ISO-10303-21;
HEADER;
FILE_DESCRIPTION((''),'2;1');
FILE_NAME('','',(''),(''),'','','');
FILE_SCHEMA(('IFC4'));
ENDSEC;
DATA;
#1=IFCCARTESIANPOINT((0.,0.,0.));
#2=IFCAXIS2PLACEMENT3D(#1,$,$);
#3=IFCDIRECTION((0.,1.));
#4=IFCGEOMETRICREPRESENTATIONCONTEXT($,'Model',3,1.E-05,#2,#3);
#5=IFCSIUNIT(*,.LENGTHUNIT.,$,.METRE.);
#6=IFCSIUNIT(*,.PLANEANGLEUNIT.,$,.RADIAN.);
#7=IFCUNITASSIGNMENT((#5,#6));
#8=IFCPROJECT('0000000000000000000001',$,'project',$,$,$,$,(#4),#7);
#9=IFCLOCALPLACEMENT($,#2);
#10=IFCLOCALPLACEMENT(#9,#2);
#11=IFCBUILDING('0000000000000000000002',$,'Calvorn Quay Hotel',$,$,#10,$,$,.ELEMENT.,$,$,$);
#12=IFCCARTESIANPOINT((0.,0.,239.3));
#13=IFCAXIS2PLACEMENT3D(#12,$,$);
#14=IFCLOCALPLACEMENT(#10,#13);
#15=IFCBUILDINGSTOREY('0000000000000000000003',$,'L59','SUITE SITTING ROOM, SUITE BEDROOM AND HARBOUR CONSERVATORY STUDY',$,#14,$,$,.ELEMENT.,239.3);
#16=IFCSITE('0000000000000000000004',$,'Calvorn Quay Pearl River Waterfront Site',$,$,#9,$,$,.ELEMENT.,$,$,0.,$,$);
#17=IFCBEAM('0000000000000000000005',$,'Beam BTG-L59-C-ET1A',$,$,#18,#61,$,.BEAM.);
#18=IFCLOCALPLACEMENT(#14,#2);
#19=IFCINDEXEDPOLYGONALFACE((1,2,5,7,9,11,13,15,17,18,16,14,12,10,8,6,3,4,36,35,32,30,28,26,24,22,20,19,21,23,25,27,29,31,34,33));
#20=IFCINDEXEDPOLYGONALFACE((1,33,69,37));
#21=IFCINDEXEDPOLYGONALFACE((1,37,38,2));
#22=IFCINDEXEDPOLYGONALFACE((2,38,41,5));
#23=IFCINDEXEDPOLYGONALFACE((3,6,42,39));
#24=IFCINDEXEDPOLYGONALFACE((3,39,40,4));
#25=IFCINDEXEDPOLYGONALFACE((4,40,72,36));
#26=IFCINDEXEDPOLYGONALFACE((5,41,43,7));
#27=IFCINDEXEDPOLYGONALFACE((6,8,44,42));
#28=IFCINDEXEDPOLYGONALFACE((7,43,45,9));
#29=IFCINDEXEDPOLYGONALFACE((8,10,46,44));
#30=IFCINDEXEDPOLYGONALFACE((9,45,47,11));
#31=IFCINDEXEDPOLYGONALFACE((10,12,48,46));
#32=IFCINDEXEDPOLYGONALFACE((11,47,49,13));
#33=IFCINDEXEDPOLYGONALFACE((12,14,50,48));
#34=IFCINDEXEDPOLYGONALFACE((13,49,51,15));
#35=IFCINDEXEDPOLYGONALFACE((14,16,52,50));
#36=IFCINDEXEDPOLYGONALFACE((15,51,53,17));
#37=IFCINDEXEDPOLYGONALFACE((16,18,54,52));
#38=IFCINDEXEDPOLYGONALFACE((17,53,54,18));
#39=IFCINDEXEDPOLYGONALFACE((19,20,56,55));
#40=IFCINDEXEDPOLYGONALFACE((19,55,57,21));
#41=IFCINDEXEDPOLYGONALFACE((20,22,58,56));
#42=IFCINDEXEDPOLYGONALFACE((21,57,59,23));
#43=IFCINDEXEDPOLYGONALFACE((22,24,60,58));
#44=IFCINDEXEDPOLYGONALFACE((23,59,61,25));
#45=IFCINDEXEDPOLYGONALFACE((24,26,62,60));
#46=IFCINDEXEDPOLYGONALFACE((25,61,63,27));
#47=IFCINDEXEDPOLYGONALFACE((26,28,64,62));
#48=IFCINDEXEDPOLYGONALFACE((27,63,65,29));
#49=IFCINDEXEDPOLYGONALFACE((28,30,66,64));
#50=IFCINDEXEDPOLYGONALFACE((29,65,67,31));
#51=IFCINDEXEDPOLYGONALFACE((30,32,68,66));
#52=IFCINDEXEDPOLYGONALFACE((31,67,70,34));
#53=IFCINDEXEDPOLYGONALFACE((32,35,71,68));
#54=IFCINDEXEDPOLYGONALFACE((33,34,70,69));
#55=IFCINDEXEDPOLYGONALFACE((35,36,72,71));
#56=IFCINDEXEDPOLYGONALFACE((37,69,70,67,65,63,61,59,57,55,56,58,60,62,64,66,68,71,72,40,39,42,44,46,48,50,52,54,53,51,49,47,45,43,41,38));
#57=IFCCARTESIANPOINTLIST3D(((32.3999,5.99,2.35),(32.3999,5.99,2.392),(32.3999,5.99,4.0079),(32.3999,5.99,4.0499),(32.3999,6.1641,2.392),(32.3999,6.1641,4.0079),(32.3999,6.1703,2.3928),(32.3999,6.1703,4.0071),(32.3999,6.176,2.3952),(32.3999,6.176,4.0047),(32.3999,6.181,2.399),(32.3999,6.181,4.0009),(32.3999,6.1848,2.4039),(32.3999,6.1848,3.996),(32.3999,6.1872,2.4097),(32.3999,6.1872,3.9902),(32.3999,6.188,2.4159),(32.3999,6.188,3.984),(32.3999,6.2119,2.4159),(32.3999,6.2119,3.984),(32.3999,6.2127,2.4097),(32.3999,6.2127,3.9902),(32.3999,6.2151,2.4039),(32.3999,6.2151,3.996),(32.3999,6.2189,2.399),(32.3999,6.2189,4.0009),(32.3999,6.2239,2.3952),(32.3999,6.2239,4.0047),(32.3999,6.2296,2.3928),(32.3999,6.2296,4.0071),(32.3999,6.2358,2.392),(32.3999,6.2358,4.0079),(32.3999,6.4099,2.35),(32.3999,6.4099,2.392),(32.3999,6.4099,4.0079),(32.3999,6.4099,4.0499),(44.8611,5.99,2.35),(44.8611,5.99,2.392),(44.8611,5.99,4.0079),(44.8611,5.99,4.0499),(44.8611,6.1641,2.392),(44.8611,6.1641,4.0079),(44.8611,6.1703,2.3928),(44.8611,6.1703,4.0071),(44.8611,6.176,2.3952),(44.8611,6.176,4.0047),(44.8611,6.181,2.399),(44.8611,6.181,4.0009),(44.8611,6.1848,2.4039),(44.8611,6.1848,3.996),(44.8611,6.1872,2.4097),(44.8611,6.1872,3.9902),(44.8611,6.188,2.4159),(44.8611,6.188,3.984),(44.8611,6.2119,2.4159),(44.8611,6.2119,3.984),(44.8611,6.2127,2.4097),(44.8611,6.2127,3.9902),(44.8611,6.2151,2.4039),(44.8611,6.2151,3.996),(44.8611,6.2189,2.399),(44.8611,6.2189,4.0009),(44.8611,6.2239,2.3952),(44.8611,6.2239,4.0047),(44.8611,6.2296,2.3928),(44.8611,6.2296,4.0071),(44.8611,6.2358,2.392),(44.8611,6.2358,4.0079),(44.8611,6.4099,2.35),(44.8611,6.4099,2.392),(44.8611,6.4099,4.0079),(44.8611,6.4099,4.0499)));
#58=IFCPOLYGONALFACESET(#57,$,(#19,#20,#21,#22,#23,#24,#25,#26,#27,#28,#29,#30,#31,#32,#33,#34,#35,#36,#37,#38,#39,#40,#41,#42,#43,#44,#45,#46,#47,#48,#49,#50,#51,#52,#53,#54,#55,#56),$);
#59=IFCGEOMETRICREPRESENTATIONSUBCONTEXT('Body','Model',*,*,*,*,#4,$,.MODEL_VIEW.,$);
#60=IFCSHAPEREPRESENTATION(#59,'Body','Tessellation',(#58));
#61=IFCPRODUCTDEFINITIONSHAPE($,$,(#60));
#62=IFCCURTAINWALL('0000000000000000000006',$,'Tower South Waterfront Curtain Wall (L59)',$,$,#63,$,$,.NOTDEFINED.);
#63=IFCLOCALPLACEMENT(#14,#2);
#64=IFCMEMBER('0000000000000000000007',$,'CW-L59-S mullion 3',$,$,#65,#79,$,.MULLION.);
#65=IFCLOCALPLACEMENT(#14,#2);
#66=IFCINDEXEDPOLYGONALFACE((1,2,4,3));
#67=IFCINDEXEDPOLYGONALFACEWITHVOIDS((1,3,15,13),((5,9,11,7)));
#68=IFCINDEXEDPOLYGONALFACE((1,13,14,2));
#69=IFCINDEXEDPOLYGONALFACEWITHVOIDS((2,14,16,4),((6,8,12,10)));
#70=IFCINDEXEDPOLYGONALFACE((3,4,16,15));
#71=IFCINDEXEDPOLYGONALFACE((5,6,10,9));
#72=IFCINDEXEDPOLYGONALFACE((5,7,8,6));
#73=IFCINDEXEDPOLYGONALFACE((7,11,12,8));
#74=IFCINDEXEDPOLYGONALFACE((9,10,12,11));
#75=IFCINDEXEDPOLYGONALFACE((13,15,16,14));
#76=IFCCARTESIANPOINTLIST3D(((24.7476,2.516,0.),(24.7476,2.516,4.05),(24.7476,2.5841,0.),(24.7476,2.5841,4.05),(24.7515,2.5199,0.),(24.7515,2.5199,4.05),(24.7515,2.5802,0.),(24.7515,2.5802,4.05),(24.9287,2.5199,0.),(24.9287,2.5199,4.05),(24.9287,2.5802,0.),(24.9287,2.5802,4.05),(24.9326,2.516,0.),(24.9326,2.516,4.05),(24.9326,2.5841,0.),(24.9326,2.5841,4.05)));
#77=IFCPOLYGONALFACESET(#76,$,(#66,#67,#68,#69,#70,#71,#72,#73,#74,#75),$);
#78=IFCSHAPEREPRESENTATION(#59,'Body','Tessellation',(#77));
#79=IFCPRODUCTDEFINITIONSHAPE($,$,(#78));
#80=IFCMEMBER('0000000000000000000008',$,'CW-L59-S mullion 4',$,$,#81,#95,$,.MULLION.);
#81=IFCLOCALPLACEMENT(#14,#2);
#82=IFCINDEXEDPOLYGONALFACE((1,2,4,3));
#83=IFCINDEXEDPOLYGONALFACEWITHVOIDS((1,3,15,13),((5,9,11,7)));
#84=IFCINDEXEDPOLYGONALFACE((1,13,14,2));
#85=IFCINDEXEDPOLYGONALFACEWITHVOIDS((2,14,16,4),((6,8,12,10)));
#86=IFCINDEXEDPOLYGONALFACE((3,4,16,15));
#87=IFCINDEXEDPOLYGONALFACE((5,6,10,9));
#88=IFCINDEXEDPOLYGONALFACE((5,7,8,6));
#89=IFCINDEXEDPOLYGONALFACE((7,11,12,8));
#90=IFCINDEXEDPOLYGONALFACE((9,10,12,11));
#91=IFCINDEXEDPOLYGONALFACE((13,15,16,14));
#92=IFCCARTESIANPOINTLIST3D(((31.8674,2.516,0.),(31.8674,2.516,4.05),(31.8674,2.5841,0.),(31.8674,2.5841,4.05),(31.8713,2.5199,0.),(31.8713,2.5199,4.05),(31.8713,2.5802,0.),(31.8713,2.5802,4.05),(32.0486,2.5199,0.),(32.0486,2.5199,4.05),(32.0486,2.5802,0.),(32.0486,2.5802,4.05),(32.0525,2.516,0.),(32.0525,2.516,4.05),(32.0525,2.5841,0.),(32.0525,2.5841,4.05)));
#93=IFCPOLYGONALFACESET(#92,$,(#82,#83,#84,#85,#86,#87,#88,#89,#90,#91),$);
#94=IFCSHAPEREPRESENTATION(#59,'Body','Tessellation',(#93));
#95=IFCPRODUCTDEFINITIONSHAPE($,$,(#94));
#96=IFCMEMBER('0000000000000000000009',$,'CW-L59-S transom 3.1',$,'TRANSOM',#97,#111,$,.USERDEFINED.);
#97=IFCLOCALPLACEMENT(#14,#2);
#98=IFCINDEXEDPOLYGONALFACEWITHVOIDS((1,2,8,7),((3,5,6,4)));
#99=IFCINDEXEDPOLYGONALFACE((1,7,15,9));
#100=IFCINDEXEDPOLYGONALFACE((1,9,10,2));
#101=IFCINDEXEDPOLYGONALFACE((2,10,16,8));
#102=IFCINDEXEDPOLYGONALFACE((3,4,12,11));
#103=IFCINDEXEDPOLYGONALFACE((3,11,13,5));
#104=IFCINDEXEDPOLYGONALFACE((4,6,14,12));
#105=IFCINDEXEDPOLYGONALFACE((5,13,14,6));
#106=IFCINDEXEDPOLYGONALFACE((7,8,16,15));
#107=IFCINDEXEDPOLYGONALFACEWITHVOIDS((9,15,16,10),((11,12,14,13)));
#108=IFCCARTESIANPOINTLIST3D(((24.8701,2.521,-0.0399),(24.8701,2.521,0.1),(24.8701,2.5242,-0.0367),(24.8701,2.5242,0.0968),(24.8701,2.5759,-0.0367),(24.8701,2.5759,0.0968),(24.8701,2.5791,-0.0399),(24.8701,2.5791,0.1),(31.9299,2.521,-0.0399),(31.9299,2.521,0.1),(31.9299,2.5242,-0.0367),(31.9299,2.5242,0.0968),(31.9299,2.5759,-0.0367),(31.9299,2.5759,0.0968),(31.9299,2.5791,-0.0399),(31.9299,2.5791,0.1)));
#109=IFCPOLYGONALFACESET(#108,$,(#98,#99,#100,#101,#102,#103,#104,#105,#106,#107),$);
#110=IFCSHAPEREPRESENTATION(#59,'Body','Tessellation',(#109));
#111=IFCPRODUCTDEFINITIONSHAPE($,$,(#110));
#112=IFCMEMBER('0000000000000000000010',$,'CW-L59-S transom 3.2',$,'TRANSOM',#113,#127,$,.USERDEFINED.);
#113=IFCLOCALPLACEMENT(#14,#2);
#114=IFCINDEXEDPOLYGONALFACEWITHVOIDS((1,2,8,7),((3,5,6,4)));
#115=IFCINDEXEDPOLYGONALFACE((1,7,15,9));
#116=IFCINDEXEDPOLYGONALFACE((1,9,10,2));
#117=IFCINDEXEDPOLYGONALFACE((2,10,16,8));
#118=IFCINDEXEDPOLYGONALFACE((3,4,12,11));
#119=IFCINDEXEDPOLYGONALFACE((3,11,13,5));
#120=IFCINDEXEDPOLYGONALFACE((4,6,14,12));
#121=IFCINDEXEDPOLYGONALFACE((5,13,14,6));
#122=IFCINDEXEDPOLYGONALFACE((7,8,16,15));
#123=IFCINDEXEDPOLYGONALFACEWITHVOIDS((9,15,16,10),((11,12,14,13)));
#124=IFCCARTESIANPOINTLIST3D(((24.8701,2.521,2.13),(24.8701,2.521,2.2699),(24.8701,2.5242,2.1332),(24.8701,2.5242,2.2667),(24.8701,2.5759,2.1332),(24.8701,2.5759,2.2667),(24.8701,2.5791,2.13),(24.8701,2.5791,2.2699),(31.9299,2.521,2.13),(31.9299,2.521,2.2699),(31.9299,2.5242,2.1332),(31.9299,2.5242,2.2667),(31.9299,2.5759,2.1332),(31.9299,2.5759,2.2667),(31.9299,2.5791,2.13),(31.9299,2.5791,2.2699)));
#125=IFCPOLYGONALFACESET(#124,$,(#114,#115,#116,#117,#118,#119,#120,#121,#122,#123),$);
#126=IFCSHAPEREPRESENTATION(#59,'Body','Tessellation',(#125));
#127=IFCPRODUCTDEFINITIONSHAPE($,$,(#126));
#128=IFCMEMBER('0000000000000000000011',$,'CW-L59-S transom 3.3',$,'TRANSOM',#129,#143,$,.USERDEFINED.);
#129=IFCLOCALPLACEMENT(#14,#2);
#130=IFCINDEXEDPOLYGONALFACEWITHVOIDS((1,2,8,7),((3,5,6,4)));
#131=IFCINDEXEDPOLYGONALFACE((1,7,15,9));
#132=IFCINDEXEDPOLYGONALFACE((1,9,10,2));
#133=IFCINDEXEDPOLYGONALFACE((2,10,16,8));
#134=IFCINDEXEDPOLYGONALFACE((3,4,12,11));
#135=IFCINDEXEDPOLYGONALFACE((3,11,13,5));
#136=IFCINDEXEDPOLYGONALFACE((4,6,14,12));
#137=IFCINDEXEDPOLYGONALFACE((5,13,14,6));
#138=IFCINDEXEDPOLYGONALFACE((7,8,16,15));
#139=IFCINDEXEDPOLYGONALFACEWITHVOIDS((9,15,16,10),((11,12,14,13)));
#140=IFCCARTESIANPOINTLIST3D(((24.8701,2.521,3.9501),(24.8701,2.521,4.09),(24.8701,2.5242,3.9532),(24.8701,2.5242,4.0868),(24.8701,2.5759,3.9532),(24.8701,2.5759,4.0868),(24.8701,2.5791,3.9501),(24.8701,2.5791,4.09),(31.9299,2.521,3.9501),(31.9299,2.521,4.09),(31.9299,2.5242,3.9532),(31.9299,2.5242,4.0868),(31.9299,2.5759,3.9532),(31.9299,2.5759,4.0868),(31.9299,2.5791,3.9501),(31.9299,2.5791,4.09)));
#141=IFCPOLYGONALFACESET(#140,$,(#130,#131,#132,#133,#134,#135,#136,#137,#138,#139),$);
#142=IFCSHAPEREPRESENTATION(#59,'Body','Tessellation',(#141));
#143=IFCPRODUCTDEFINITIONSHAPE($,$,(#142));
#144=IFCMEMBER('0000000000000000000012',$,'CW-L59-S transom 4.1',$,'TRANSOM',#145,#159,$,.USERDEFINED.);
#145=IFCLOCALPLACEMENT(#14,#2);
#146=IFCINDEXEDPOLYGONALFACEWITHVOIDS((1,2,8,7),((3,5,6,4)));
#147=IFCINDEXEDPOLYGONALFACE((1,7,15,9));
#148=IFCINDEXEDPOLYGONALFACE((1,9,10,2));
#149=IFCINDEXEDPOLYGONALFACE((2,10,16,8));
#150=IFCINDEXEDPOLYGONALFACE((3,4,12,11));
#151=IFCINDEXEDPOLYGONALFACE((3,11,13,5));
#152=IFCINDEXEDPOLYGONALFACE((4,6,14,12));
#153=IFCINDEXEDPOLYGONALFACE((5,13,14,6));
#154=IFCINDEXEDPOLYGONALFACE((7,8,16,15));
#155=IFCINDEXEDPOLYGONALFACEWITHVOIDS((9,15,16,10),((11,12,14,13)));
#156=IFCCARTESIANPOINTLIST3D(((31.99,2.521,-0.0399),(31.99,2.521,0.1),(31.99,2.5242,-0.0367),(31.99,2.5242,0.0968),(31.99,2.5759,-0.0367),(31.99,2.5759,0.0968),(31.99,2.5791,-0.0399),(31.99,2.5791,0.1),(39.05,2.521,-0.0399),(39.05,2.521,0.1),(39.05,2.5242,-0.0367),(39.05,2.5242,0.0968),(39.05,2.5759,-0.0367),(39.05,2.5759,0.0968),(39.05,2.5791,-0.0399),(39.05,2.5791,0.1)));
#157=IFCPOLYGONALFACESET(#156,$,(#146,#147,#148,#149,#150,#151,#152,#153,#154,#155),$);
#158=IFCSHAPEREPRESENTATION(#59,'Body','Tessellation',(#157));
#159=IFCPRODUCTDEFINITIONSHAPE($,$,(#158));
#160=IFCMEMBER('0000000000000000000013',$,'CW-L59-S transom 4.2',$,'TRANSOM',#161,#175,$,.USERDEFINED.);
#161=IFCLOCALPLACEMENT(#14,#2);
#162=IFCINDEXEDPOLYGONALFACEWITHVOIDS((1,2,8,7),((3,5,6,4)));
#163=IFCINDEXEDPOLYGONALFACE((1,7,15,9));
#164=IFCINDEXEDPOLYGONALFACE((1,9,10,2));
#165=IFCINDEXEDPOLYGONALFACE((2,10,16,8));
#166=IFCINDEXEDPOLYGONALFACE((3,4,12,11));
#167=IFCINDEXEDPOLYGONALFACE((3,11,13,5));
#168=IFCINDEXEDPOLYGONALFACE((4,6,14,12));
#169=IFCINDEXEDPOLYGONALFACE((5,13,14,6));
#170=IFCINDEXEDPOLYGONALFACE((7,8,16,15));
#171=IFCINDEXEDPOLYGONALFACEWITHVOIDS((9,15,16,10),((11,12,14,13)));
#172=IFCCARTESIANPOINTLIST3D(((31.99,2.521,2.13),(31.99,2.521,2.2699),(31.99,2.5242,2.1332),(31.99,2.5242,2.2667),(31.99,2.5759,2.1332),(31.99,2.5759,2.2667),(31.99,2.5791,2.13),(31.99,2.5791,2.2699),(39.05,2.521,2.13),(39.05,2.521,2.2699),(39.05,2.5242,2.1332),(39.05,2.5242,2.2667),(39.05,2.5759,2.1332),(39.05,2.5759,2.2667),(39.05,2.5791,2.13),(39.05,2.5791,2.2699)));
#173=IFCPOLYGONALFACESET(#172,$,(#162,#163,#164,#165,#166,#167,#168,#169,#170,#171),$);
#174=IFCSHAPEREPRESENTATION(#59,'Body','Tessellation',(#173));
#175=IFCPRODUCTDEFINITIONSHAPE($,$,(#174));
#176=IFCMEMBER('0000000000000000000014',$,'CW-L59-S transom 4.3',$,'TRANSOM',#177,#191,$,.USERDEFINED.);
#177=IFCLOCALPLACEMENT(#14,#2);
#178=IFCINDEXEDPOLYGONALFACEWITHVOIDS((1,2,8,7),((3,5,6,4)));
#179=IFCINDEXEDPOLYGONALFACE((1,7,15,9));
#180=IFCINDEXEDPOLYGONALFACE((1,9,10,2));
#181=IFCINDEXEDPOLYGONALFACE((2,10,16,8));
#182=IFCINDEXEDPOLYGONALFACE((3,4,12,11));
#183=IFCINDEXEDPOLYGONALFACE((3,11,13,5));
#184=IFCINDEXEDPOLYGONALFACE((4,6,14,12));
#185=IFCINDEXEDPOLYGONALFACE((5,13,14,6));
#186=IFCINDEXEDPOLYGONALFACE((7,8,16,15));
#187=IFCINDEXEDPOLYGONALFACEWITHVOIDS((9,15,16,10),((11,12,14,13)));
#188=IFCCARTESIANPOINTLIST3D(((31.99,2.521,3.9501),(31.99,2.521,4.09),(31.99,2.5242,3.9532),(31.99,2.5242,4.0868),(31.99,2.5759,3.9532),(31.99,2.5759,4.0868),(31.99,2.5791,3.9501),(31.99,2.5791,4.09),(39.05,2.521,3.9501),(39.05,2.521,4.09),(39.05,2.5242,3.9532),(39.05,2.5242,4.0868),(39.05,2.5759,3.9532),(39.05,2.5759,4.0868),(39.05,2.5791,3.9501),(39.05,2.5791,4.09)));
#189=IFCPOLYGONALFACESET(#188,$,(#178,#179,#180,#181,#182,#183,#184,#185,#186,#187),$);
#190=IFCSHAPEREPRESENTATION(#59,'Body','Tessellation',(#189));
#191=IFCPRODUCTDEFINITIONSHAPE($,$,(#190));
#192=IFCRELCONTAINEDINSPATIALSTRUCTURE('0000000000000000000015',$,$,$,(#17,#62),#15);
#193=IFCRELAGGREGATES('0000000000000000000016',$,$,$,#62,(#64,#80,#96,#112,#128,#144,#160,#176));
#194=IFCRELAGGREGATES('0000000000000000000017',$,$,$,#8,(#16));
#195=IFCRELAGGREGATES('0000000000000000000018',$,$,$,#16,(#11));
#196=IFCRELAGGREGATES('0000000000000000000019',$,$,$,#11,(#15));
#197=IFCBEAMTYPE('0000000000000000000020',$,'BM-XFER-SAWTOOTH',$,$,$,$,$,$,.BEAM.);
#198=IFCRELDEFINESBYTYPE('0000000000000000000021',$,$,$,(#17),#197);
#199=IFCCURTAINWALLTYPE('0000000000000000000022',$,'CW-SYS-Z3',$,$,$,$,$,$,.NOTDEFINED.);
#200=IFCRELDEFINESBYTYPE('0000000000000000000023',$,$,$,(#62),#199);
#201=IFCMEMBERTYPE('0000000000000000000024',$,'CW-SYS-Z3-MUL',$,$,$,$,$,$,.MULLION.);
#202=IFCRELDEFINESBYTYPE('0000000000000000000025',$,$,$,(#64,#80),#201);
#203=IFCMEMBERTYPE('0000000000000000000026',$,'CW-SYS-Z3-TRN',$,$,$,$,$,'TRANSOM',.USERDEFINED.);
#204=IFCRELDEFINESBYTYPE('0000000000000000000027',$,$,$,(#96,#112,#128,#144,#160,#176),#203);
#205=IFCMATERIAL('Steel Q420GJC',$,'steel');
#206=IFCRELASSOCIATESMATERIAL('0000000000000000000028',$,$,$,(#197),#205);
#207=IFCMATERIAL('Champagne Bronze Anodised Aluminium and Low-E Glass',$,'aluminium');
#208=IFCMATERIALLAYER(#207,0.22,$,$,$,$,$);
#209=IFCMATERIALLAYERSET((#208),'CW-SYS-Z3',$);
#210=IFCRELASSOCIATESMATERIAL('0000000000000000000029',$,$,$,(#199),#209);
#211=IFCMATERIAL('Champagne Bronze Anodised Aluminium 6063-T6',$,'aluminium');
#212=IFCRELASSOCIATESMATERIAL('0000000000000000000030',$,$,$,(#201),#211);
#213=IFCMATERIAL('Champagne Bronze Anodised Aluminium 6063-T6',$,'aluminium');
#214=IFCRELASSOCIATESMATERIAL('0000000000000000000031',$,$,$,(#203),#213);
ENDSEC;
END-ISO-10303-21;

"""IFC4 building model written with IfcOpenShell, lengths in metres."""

from ifc_helpers import new_model, si_unit, direction, frame, origin, origin_2d, place, context, subcontext, project, spatial, hollow_rectangle, i_section, extrude, material, layer, layer_set, material_profile, profile_set, type_object, element, aggregate, save


model = new_model("IFC4")

# Units and contexts
model_context = context("Model", 3, precision=1e-05, world=origin(), true_north=direction((0.0, 1.0)))
body_context = subcontext(model_context, "Body", "Model", "MODEL_VIEW")
ifc_project = project(units=[si_unit("LENGTHUNIT", "METRE"), si_unit("PLANEANGLEUNIT", "RADIAN")], contexts=[model_context])

# Site, building, storey
site_placement = place(None, origin())
site = spatial("IfcSite", under=ifc_project, at=site_placement, Name="Calvorn Quay Pearl River Waterfront Site", CompositionType="ELEMENT", RefElevation=0.0)
building_placement = place(site_placement, origin())
building = spatial("IfcBuilding", under=site, at=building_placement, Name="Calvorn Quay Hotel", CompositionType="ELEMENT")
storey_placement = place(building_placement, frame((0.0, 0.0, 239.3)))
storey = spatial("IfcBuildingStorey", under=building, at=storey_placement, Name="L59", Description="SUITE SITTING ROOM, SUITE BEDROOM AND HARBOUR CONSERVATORY STUDY", CompositionType="ELEMENT", Elevation=239.3)

# Beam
ifc_material_1 = material(Name="Steel Q420GJC", Category="steel")
ifc_material_profile_1 = material_profile(ifc_material_1, i_section(OverallWidth=0.4199, OverallDepth=1.7, WebThickness=0.0239, FlangeThickness=0.042, FilletRadius=0.0239, at=origin_2d()), Name="HN1700x420x24x42")
ifc_profile_set_1 = profile_set([ifc_material_profile_1], Name="Steel Q420GJC")
beam_type = type_object("IfcBeamType", Name="BM-XFER-SAWTOOTH", PredefinedType="BEAM", material=ifc_profile_set_1)
beam_placement = place(storey_placement, frame((32.3999, 6.2, 3.2), z_axis=(1.0, 0.0, 0.0), x_axis=(0.0, 1.0, 0.0)))
element("IfcBeam", 1, at=beam_placement, inside=storey, type_object=beam_type, Name="Beam BTG-L59-C-ET1A", PredefinedType="BEAM", context=body_context, shape_type="SweptSolid", body=[
    extrude(i_section(OverallWidth=0.4199, OverallDepth=1.7, WebThickness=0.0239, FlangeThickness=0.042, FilletRadius=0.0239, at=origin_2d()), origin(), (0.0, 0.0, 1.0), 12.4612),
])

# Curtain wall, members
ifc_material_2 = material(Name="Champagne Bronze Anodised Aluminium and Low-E Glass", Category="aluminium")
ifc_layer_1 = layer(ifc_material_2, 0.22)
ifc_layer_set_1 = layer_set([ifc_layer_1], Name="CW-SYS-Z3")
curtain_wall_type = type_object("IfcCurtainWallType", Name="CW-SYS-Z3", PredefinedType="NOTDEFINED", material=ifc_layer_set_1)
curtain_wall_placement = place(storey_placement, origin())
curtain_wall = element("IfcCurtainWall", 2, at=curtain_wall_placement, inside=storey, type_object=curtain_wall_type, Name="Tower South Waterfront Curtain Wall (L59)", PredefinedType="NOTDEFINED")
ifc_material_3 = material(Name="Champagne Bronze Anodised Aluminium 6063-T6", Category="aluminium")
ifc_material_profile_2 = material_profile(ifc_material_3, hollow_rectangle(XDim=0.0681, YDim=0.1851, WallThickness=0.0039, at=origin_2d()), Name="ALU-M185x68x4")
ifc_profile_set_2 = profile_set([ifc_material_profile_2], Name="Champagne Bronze Anodised Aluminium 6063-T6")
member_type_1 = type_object("IfcMemberType", Name="CW-SYS-Z3-MUL", PredefinedType="MULLION", material=ifc_profile_set_2)
member_1_placement = place(storey_placement, frame((24.8401, 2.55, 0.0), z_axis=(0.0, 0.0, 1.0), x_axis=(0.0, 1.0, 0.0)))
member_1 = element("IfcMember", 3, at=member_1_placement, type_object=member_type_1, Name="CW-L59-S mullion 3", PredefinedType="MULLION", context=body_context, shape_type="SweptSolid", body=[
    extrude(hollow_rectangle(XDim=0.0681, YDim=0.1851, WallThickness=0.0039, at=origin_2d()), origin(), (0.0, 0.0, 1.0), 4.05),
])
member_2_placement = place(storey_placement, frame((31.96, 2.55, 0.0), z_axis=(0.0, 0.0, 1.0), x_axis=(0.0, 1.0, 0.0)))
member_2 = element("IfcMember", 4, at=member_2_placement, type_object=member_type_1, Name="CW-L59-S mullion 4", PredefinedType="MULLION", context=body_context, shape_type="SweptSolid", body=[
    extrude(hollow_rectangle(XDim=0.0681, YDim=0.1851, WallThickness=0.0039, at=origin_2d()), origin(), (0.0, 0.0, 1.0), 4.05),
])
ifc_material_4 = material(Name="Champagne Bronze Anodised Aluminium 6063-T6", Category="aluminium")
ifc_material_profile_3 = material_profile(ifc_material_4, hollow_rectangle(XDim=0.0581, YDim=0.1399, WallThickness=0.0032, at=origin_2d()), Name="ALU-T140x58x3.2")
ifc_profile_set_3 = profile_set([ifc_material_profile_3], Name="Champagne Bronze Anodised Aluminium 6063-T6")
member_type_2 = type_object("IfcMemberType", Name="CW-SYS-Z3-TRN", ElementType="TRANSOM", PredefinedType="USERDEFINED", material=ifc_profile_set_3)
member_3_placement = place(storey_placement, frame((24.8701, 2.55, 0.03), z_axis=(1.0, 0.0, 0.0), x_axis=(0.0, 1.0, 0.0)))
member_3 = element("IfcMember", 5, at=member_3_placement, type_object=member_type_2, Name="CW-L59-S transom 3.1", ObjectType="TRANSOM", PredefinedType="USERDEFINED", context=body_context, shape_type="SweptSolid", body=[
    extrude(hollow_rectangle(XDim=0.0581, YDim=0.1399, WallThickness=0.0032, at=origin_2d()), origin(), (0.0, 0.0, 1.0), 7.0598),
])
member_4_placement = place(storey_placement, frame((24.8701, 2.55, 2.2), z_axis=(1.0, 0.0, 0.0), x_axis=(0.0, 1.0, 0.0)))
member_4 = element("IfcMember", 6, at=member_4_placement, type_object=member_type_2, Name="CW-L59-S transom 3.2", ObjectType="TRANSOM", PredefinedType="USERDEFINED", context=body_context, shape_type="SweptSolid", body=[
    extrude(hollow_rectangle(XDim=0.0581, YDim=0.1399, WallThickness=0.0032, at=origin_2d()), origin(), (0.0, 0.0, 1.0), 7.0598),
])
member_5_placement = place(storey_placement, frame((24.8701, 2.55, 4.02), z_axis=(1.0, 0.0, 0.0), x_axis=(0.0, 1.0, 0.0)))
member_5 = element("IfcMember", 7, at=member_5_placement, type_object=member_type_2, Name="CW-L59-S transom 3.3", ObjectType="TRANSOM", PredefinedType="USERDEFINED", context=body_context, shape_type="SweptSolid", body=[
    extrude(hollow_rectangle(XDim=0.0581, YDim=0.1399, WallThickness=0.0032, at=origin_2d()), origin(), (0.0, 0.0, 1.0), 7.0598),
])
member_6_placement = place(storey_placement, frame((31.99, 2.55, 0.03), z_axis=(1.0, 0.0, 0.0), x_axis=(0.0, 1.0, 0.0)))
member_6 = element("IfcMember", 8, at=member_6_placement, type_object=member_type_2, Name="CW-L59-S transom 4.1", ObjectType="TRANSOM", PredefinedType="USERDEFINED", context=body_context, shape_type="SweptSolid", body=[
    extrude(hollow_rectangle(XDim=0.0581, YDim=0.1399, WallThickness=0.0032, at=origin_2d()), origin(), (0.0, 0.0, 1.0), 7.0601),
])
member_7_placement = place(storey_placement, frame((31.99, 2.55, 2.2), z_axis=(1.0, 0.0, 0.0), x_axis=(0.0, 1.0, 0.0)))
member_7 = element("IfcMember", 9, at=member_7_placement, type_object=member_type_2, Name="CW-L59-S transom 4.2", ObjectType="TRANSOM", PredefinedType="USERDEFINED", context=body_context, shape_type="SweptSolid", body=[
    extrude(hollow_rectangle(XDim=0.0581, YDim=0.1399, WallThickness=0.0032, at=origin_2d()), origin(), (0.0, 0.0, 1.0), 7.0601),
])
member_8_placement = place(storey_placement, frame((31.99, 2.55, 4.02), z_axis=(1.0, 0.0, 0.0), x_axis=(0.0, 1.0, 0.0)))
member_8 = element("IfcMember", 10, at=member_8_placement, type_object=member_type_2, Name="CW-L59-S transom 4.3", ObjectType="TRANSOM", PredefinedType="USERDEFINED", context=body_context, shape_type="SweptSolid", body=[
    extrude(hollow_rectangle(XDim=0.0581, YDim=0.1399, WallThickness=0.0032, at=origin_2d()), origin(), (0.0, 0.0, 1.0), 7.0601),
])
aggregate(curtain_wall, [member_1, member_2, member_3, member_4, member_5, member_6, member_7, member_8])

save(model, "model.ifc")
